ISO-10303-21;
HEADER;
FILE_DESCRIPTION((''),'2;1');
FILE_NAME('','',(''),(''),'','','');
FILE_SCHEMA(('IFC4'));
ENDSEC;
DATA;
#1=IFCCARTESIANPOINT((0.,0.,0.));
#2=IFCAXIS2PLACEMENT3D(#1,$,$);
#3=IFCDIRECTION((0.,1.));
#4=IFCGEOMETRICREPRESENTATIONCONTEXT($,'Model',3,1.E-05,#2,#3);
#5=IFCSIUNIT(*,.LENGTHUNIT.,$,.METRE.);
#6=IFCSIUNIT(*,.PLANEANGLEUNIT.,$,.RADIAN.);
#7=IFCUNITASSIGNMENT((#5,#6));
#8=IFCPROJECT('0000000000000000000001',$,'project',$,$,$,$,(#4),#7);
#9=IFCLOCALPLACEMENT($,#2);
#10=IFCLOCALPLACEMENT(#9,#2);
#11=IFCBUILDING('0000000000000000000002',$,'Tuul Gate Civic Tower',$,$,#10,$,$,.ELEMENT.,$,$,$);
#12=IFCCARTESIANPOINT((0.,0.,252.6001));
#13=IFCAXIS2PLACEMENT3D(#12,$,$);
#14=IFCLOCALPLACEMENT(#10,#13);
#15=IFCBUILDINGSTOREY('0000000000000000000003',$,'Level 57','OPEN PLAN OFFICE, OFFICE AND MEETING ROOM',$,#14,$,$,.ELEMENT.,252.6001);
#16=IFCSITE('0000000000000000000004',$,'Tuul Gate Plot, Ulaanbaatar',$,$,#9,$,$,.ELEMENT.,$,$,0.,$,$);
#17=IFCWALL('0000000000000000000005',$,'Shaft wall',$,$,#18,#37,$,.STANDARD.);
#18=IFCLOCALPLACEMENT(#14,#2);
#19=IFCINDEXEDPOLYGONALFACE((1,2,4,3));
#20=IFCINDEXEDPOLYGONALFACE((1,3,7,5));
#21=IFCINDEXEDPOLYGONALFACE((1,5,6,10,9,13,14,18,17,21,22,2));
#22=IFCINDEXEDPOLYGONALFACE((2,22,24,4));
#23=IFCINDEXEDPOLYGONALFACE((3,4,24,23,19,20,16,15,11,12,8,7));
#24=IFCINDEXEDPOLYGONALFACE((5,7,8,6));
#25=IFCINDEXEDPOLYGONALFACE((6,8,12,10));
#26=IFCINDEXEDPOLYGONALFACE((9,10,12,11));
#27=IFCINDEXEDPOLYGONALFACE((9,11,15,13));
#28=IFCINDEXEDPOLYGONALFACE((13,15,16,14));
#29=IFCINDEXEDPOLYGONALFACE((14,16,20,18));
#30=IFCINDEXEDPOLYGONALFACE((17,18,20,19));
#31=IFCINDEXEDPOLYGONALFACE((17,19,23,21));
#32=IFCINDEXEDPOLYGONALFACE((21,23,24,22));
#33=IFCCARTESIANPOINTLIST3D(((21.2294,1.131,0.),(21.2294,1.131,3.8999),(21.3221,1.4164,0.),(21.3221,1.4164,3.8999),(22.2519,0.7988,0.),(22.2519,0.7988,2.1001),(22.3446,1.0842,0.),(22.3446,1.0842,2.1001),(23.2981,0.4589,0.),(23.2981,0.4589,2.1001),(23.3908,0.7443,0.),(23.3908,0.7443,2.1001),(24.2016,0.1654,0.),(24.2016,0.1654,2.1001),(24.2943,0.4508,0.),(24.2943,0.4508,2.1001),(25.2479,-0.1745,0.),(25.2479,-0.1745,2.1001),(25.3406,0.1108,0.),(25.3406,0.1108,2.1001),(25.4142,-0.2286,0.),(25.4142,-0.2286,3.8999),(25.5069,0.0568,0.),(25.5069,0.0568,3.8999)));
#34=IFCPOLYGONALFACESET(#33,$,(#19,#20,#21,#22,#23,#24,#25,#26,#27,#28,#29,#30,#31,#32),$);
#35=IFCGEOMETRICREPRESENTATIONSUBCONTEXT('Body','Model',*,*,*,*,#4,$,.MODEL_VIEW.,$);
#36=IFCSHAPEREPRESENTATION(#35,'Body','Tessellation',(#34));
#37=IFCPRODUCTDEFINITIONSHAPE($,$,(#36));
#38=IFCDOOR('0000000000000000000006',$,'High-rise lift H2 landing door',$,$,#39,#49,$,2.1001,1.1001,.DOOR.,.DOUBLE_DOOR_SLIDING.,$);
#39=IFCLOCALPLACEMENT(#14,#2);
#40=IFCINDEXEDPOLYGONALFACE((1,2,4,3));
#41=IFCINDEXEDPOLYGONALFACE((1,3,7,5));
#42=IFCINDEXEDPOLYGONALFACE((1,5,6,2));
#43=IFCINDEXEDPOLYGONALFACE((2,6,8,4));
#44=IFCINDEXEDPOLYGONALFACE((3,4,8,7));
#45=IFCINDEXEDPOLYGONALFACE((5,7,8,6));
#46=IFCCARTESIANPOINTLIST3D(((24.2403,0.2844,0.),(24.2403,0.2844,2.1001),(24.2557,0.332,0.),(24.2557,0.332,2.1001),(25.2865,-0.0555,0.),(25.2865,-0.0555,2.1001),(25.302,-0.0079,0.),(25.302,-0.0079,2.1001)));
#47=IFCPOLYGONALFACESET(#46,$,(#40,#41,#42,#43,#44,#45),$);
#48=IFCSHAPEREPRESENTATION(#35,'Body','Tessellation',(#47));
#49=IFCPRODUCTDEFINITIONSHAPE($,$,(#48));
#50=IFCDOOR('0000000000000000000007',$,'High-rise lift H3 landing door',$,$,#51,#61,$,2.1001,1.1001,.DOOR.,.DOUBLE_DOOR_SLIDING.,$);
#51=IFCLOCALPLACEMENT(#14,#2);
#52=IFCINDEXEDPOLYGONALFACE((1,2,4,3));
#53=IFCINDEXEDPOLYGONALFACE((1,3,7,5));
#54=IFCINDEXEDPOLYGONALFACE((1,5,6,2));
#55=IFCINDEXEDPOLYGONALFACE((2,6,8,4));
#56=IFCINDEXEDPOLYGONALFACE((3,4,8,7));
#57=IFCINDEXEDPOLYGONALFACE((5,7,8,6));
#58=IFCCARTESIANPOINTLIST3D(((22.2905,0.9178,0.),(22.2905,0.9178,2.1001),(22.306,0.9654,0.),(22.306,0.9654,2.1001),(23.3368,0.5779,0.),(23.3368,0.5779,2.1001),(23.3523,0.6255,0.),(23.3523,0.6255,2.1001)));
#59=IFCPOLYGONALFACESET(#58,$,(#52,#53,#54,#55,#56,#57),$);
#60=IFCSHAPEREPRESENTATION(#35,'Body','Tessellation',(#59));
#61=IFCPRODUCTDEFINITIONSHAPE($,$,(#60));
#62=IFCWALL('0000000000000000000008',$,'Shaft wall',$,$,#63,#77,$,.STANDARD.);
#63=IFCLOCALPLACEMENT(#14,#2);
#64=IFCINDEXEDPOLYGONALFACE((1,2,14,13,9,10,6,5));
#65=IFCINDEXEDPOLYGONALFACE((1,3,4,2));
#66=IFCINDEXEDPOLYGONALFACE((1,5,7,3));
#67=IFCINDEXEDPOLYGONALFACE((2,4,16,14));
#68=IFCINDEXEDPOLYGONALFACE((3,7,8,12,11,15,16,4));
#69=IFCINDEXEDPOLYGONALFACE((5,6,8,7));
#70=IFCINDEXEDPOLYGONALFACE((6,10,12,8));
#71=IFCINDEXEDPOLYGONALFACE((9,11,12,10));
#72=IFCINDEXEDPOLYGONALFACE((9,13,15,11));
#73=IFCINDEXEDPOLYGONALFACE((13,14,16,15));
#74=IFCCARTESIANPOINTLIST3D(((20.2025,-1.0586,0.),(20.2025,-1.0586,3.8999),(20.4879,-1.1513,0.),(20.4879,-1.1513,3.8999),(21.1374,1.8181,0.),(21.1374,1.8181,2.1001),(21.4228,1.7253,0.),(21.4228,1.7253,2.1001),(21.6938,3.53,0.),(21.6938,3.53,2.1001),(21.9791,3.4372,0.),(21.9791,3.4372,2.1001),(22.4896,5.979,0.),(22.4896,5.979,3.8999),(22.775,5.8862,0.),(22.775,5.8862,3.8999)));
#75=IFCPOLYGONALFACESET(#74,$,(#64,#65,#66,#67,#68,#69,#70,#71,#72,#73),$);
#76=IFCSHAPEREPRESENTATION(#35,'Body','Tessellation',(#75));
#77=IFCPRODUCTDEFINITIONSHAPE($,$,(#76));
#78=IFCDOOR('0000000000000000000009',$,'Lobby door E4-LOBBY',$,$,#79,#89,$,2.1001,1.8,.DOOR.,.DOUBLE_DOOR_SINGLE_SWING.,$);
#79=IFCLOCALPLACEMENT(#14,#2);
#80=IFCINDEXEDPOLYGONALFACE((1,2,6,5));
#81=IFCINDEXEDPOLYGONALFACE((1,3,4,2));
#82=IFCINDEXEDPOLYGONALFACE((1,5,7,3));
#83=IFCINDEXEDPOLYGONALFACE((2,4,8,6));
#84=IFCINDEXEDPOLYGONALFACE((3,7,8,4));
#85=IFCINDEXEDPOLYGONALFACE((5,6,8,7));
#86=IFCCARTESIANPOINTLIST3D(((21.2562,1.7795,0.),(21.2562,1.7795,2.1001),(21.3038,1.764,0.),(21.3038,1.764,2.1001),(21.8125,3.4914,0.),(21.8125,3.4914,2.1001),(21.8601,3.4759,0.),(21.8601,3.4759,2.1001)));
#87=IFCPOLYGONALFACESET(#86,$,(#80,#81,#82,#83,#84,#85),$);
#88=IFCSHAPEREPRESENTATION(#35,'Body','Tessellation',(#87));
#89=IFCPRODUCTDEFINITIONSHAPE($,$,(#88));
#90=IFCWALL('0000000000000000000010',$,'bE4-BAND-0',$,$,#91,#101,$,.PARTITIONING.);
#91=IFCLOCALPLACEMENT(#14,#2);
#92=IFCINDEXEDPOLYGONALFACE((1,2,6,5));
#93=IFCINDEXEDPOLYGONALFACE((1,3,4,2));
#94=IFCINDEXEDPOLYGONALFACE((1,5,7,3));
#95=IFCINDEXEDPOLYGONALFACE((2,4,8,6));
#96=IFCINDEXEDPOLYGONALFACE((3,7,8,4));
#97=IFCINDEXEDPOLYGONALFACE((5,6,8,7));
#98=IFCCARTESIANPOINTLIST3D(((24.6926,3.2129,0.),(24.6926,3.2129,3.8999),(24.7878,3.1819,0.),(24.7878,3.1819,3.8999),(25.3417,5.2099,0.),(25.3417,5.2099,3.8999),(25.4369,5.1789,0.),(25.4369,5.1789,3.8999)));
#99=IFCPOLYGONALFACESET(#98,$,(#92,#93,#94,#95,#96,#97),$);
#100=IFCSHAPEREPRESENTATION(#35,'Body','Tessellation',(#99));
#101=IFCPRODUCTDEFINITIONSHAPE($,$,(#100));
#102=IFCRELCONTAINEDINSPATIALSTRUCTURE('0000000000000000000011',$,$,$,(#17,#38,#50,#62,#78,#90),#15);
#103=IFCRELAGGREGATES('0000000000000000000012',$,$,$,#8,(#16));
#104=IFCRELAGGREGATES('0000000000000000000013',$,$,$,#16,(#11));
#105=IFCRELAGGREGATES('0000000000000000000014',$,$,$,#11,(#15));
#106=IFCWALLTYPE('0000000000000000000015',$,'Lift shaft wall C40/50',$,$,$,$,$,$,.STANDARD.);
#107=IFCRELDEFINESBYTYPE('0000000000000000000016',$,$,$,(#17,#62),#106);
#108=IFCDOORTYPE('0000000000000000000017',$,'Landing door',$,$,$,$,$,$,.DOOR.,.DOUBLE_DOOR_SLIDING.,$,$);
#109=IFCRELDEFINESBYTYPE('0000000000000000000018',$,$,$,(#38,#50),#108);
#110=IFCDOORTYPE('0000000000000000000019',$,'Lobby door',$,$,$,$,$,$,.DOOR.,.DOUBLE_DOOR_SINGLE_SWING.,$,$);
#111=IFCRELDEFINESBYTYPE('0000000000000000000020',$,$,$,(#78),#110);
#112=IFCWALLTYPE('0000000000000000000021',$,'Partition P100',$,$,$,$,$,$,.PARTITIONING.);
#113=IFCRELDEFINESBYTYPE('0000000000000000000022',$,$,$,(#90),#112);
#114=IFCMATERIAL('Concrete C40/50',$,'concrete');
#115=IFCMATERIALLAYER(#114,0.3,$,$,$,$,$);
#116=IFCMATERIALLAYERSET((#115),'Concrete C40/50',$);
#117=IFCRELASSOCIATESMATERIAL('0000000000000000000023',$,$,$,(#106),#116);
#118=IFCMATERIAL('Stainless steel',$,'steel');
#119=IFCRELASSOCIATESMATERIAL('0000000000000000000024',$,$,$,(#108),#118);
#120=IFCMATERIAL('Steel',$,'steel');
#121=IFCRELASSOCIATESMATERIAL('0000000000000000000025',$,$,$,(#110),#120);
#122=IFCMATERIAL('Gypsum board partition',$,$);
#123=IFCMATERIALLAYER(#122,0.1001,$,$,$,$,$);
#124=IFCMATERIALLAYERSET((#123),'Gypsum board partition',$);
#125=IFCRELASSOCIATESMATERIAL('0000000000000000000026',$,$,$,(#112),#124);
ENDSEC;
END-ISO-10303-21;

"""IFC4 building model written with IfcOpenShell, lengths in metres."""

from ifc_helpers import new_model, si_unit, direction, frame, frame_2d, origin, place, context, subcontext, project, spatial, rectangle, extrude, material, layer, layer_set, type_object, element, fill, save


model = new_model("IFC4")

# Units and contexts
model_context = context("Model", 3, precision=1e-05, world=origin(), true_north=direction((0.0, 1.0)))
body_context = subcontext(model_context, "Body", "Model", "MODEL_VIEW")
ifc_project = project(units=[si_unit("LENGTHUNIT", "METRE"), si_unit("PLANEANGLEUNIT", "RADIAN")], contexts=[model_context])

# Site, building, storey
site_placement = place(None, origin())
site = spatial("IfcSite", under=ifc_project, at=site_placement, Name="Tuul Gate Plot, Ulaanbaatar", CompositionType="ELEMENT", RefElevation=0.0)
building_placement = place(site_placement, origin())
building = spatial("IfcBuilding", under=site, at=building_placement, Name="Tuul Gate Civic Tower", CompositionType="ELEMENT")
storey_placement = place(building_placement, frame((0.0, 0.0, 252.6001)))
storey = spatial("IfcBuildingStorey", under=building, at=storey_placement, Name="Level 57", Description="OPEN PLAN OFFICE, OFFICE AND MEETING ROOM", CompositionType="ELEMENT", Elevation=252.6001)

# Wall, openings, doors
ifc_material_1 = material(Name="Concrete C40/50", Category="concrete")
ifc_layer_1 = layer(ifc_material_1, 0.3)
ifc_layer_set_1 = layer_set([ifc_layer_1], Name="Concrete C40/50")
wall_type_1 = type_object("IfcWallType", Name="Lift shaft wall C40/50", PredefinedType="STANDARD", material=ifc_layer_set_1)
wall_1_placement = place(storey_placement, frame((25.4607, -0.0859, 0.0), z_axis=(0.0, 0.0, 1.0), x_axis=(-0.951064, 0.308994, 0.0)))
wall_1 = element("IfcWall", 1, at=wall_1_placement, inside=storey, type_object=wall_type_1, Name="Shaft wall", PredefinedType="STANDARD", context=body_context, shape_type="SweptSolid", body=[
    extrude(rectangle(XDim=4.4001, YDim=0.3, at=frame_2d((2.2002, 0.0))), origin(), (0.0, 0.0, 1.0), 3.8999),
])
opening_1_placement = place(wall_1_placement, frame((0.175, 0.0, 0.0)))
opening_1 = element("IfcOpeningElement", 2, at=opening_1_placement, cuts=wall_1, PredefinedType="OPENING", context=body_context, shape_type="SweptSolid", body=[
    extrude(rectangle(XDim=1.1001, YDim=2.1001, at=frame_2d((0.55, 1.05))), frame((0.0, 0.1602, 0.0), z_axis=(0.0, -1.0, 0.0), x_axis=(1.0, 0.0, 0.0)), (0.0, 0.0, 1.0), 0.3201),
])
opening_2_placement = place(wall_1_placement, frame((2.2251, 0.0, 0.0)))
opening_2 = element("IfcOpeningElement", 3, at=opening_2_placement, cuts=wall_1, PredefinedType="OPENING", context=body_context, shape_type="SweptSolid", body=[
    extrude(rectangle(XDim=1.1001, YDim=2.1001, at=frame_2d((0.55, 1.05))), frame((0.0, 0.1602, 0.0), z_axis=(0.0, -1.0, 0.0), x_axis=(1.0, 0.0, 0.0)), (0.0, 0.0, 1.0), 0.3201),
])
ifc_material_2 = material(Name="Stainless steel", Category="steel")
door_type_1 = type_object("IfcDoorType", Name="Landing door", OperationType="DOUBLE_DOOR_SLIDING", PredefinedType="DOOR", material=ifc_material_2)
door_1_placement = place(opening_1_placement, origin())
door_1 = element("IfcDoor", 4, at=door_1_placement, inside=storey, type_object=door_type_1, Name="High-rise lift H2 landing door", OperationType="DOUBLE_DOOR_SLIDING", OverallHeight=2.1001, OverallWidth=1.1001, PredefinedType="DOOR", context=body_context, shape_type="SweptSolid", body=[
    extrude(rectangle(XDim=1.1001, YDim=2.1001, at=frame_2d((0.55, 1.05))), frame((0.0, 0.0249, 0.0), z_axis=(0.0, -1.0, 0.0), x_axis=(1.0, 0.0, 0.0)), (0.0, 0.0, 1.0), 0.05),
])
fill(opening_1, door_1)
door_2_placement = place(opening_2_placement, origin())
door_2 = element("IfcDoor", 5, at=door_2_placement, inside=storey, type_object=door_type_1, Name="High-rise lift H3 landing door", OperationType="DOUBLE_DOOR_SLIDING", OverallHeight=2.1001, OverallWidth=1.1001, PredefinedType="DOOR", context=body_context, shape_type="SweptSolid", body=[
    extrude(rectangle(XDim=1.1001, YDim=2.1001, at=frame_2d((0.55, 1.05))), frame((0.0, 0.0249, 0.0), z_axis=(0.0, -1.0, 0.0), x_axis=(1.0, 0.0, 0.0)), (0.0, 0.0, 1.0), 0.05),
])
fill(opening_2, door_2)

# Wall, opening, door
wall_2_placement = place(storey_placement, frame((20.3452, -1.105, 0.0), z_axis=(0.0, 0.0, 1.0), x_axis=(0.309073, 0.951038, 0.0)))
wall_2 = element("IfcWall", 6, at=wall_2_placement, inside=storey, type_object=wall_type_1, Name="Shaft wall", PredefinedType="STANDARD", context=body_context, shape_type="SweptSolid", body=[
    extrude(rectangle(XDim=7.3999, YDim=0.3, at=frame_2d((3.7, 0.0))), origin(), (0.0, 0.0, 1.0), 3.8999),
])
opening_3_placement = place(wall_2_placement, frame((3.0249, 0.0, 0.0)))
opening_3 = element("IfcOpeningElement", 7, at=opening_3_placement, cuts=wall_2, PredefinedType="OPENING", context=body_context, shape_type="SweptSolid", body=[
    extrude(rectangle(XDim=1.8, YDim=2.1001, at=frame_2d((0.8999, 1.05))), frame((0.0, 0.1602, 0.0), z_axis=(0.0, -1.0, 0.0), x_axis=(1.0, 0.0, 0.0)), (0.0, 0.0, 1.0), 0.3201),
])
ifc_material_3 = material(Name="Steel", Category="steel")
door_type_2 = type_object("IfcDoorType", Name="Lobby door", OperationType="DOUBLE_DOOR_SINGLE_SWING", PredefinedType="DOOR", material=ifc_material_3)
door_3_placement = place(opening_3_placement, frame((1.8, 0.0, 0.0), z_axis=(0.0, 0.0, 1.0), x_axis=(-1.0, 0.0, 0.0)))
door_3 = element("IfcDoor", 8, at=door_3_placement, inside=storey, type_object=door_type_2, Name="Lobby door E4-LOBBY", OperationType="DOUBLE_DOOR_SINGLE_SWING", OverallHeight=2.1001, OverallWidth=1.8, PredefinedType="DOOR", context=body_context, shape_type="SweptSolid", body=[
    extrude(rectangle(XDim=1.8, YDim=2.1001, at=frame_2d((0.9001, 1.05))), frame((0.0, 0.0249, 0.0), z_axis=(0.0, -1.0, 0.0), x_axis=(1.0, 0.0, 0.0)), (0.0, 0.0, 1.0), 0.05),
])
fill(opening_3, door_3)

# Wall
ifc_material_4 = material(Name="Gypsum board partition")
ifc_layer_2 = layer(ifc_material_4, 0.1001)
ifc_layer_set_2 = layer_set([ifc_layer_2], Name="Gypsum board partition")
wall_type_2 = type_object("IfcWallType", Name="Partition P100", PredefinedType="PARTITIONING", material=ifc_layer_set_2)
wall_3_placement = place(storey_placement, frame((24.7402, 3.1975, 0.0), z_axis=(0.0, 0.0, 1.0), x_axis=(0.309139, 0.951017, 0.0)))
element("IfcWall", 9, at=wall_3_placement, inside=storey, type_object=wall_type_2, Name="bE4-BAND-0", PredefinedType="PARTITIONING", context=body_context, shape_type="SweptSolid", body=[
    extrude(rectangle(XDim=2.0999, YDim=0.1001, at=frame_2d((1.0498, 0.0))), origin(), (0.0, 0.0, 1.0), 3.8999),
])

save(model, "model.ifc")
